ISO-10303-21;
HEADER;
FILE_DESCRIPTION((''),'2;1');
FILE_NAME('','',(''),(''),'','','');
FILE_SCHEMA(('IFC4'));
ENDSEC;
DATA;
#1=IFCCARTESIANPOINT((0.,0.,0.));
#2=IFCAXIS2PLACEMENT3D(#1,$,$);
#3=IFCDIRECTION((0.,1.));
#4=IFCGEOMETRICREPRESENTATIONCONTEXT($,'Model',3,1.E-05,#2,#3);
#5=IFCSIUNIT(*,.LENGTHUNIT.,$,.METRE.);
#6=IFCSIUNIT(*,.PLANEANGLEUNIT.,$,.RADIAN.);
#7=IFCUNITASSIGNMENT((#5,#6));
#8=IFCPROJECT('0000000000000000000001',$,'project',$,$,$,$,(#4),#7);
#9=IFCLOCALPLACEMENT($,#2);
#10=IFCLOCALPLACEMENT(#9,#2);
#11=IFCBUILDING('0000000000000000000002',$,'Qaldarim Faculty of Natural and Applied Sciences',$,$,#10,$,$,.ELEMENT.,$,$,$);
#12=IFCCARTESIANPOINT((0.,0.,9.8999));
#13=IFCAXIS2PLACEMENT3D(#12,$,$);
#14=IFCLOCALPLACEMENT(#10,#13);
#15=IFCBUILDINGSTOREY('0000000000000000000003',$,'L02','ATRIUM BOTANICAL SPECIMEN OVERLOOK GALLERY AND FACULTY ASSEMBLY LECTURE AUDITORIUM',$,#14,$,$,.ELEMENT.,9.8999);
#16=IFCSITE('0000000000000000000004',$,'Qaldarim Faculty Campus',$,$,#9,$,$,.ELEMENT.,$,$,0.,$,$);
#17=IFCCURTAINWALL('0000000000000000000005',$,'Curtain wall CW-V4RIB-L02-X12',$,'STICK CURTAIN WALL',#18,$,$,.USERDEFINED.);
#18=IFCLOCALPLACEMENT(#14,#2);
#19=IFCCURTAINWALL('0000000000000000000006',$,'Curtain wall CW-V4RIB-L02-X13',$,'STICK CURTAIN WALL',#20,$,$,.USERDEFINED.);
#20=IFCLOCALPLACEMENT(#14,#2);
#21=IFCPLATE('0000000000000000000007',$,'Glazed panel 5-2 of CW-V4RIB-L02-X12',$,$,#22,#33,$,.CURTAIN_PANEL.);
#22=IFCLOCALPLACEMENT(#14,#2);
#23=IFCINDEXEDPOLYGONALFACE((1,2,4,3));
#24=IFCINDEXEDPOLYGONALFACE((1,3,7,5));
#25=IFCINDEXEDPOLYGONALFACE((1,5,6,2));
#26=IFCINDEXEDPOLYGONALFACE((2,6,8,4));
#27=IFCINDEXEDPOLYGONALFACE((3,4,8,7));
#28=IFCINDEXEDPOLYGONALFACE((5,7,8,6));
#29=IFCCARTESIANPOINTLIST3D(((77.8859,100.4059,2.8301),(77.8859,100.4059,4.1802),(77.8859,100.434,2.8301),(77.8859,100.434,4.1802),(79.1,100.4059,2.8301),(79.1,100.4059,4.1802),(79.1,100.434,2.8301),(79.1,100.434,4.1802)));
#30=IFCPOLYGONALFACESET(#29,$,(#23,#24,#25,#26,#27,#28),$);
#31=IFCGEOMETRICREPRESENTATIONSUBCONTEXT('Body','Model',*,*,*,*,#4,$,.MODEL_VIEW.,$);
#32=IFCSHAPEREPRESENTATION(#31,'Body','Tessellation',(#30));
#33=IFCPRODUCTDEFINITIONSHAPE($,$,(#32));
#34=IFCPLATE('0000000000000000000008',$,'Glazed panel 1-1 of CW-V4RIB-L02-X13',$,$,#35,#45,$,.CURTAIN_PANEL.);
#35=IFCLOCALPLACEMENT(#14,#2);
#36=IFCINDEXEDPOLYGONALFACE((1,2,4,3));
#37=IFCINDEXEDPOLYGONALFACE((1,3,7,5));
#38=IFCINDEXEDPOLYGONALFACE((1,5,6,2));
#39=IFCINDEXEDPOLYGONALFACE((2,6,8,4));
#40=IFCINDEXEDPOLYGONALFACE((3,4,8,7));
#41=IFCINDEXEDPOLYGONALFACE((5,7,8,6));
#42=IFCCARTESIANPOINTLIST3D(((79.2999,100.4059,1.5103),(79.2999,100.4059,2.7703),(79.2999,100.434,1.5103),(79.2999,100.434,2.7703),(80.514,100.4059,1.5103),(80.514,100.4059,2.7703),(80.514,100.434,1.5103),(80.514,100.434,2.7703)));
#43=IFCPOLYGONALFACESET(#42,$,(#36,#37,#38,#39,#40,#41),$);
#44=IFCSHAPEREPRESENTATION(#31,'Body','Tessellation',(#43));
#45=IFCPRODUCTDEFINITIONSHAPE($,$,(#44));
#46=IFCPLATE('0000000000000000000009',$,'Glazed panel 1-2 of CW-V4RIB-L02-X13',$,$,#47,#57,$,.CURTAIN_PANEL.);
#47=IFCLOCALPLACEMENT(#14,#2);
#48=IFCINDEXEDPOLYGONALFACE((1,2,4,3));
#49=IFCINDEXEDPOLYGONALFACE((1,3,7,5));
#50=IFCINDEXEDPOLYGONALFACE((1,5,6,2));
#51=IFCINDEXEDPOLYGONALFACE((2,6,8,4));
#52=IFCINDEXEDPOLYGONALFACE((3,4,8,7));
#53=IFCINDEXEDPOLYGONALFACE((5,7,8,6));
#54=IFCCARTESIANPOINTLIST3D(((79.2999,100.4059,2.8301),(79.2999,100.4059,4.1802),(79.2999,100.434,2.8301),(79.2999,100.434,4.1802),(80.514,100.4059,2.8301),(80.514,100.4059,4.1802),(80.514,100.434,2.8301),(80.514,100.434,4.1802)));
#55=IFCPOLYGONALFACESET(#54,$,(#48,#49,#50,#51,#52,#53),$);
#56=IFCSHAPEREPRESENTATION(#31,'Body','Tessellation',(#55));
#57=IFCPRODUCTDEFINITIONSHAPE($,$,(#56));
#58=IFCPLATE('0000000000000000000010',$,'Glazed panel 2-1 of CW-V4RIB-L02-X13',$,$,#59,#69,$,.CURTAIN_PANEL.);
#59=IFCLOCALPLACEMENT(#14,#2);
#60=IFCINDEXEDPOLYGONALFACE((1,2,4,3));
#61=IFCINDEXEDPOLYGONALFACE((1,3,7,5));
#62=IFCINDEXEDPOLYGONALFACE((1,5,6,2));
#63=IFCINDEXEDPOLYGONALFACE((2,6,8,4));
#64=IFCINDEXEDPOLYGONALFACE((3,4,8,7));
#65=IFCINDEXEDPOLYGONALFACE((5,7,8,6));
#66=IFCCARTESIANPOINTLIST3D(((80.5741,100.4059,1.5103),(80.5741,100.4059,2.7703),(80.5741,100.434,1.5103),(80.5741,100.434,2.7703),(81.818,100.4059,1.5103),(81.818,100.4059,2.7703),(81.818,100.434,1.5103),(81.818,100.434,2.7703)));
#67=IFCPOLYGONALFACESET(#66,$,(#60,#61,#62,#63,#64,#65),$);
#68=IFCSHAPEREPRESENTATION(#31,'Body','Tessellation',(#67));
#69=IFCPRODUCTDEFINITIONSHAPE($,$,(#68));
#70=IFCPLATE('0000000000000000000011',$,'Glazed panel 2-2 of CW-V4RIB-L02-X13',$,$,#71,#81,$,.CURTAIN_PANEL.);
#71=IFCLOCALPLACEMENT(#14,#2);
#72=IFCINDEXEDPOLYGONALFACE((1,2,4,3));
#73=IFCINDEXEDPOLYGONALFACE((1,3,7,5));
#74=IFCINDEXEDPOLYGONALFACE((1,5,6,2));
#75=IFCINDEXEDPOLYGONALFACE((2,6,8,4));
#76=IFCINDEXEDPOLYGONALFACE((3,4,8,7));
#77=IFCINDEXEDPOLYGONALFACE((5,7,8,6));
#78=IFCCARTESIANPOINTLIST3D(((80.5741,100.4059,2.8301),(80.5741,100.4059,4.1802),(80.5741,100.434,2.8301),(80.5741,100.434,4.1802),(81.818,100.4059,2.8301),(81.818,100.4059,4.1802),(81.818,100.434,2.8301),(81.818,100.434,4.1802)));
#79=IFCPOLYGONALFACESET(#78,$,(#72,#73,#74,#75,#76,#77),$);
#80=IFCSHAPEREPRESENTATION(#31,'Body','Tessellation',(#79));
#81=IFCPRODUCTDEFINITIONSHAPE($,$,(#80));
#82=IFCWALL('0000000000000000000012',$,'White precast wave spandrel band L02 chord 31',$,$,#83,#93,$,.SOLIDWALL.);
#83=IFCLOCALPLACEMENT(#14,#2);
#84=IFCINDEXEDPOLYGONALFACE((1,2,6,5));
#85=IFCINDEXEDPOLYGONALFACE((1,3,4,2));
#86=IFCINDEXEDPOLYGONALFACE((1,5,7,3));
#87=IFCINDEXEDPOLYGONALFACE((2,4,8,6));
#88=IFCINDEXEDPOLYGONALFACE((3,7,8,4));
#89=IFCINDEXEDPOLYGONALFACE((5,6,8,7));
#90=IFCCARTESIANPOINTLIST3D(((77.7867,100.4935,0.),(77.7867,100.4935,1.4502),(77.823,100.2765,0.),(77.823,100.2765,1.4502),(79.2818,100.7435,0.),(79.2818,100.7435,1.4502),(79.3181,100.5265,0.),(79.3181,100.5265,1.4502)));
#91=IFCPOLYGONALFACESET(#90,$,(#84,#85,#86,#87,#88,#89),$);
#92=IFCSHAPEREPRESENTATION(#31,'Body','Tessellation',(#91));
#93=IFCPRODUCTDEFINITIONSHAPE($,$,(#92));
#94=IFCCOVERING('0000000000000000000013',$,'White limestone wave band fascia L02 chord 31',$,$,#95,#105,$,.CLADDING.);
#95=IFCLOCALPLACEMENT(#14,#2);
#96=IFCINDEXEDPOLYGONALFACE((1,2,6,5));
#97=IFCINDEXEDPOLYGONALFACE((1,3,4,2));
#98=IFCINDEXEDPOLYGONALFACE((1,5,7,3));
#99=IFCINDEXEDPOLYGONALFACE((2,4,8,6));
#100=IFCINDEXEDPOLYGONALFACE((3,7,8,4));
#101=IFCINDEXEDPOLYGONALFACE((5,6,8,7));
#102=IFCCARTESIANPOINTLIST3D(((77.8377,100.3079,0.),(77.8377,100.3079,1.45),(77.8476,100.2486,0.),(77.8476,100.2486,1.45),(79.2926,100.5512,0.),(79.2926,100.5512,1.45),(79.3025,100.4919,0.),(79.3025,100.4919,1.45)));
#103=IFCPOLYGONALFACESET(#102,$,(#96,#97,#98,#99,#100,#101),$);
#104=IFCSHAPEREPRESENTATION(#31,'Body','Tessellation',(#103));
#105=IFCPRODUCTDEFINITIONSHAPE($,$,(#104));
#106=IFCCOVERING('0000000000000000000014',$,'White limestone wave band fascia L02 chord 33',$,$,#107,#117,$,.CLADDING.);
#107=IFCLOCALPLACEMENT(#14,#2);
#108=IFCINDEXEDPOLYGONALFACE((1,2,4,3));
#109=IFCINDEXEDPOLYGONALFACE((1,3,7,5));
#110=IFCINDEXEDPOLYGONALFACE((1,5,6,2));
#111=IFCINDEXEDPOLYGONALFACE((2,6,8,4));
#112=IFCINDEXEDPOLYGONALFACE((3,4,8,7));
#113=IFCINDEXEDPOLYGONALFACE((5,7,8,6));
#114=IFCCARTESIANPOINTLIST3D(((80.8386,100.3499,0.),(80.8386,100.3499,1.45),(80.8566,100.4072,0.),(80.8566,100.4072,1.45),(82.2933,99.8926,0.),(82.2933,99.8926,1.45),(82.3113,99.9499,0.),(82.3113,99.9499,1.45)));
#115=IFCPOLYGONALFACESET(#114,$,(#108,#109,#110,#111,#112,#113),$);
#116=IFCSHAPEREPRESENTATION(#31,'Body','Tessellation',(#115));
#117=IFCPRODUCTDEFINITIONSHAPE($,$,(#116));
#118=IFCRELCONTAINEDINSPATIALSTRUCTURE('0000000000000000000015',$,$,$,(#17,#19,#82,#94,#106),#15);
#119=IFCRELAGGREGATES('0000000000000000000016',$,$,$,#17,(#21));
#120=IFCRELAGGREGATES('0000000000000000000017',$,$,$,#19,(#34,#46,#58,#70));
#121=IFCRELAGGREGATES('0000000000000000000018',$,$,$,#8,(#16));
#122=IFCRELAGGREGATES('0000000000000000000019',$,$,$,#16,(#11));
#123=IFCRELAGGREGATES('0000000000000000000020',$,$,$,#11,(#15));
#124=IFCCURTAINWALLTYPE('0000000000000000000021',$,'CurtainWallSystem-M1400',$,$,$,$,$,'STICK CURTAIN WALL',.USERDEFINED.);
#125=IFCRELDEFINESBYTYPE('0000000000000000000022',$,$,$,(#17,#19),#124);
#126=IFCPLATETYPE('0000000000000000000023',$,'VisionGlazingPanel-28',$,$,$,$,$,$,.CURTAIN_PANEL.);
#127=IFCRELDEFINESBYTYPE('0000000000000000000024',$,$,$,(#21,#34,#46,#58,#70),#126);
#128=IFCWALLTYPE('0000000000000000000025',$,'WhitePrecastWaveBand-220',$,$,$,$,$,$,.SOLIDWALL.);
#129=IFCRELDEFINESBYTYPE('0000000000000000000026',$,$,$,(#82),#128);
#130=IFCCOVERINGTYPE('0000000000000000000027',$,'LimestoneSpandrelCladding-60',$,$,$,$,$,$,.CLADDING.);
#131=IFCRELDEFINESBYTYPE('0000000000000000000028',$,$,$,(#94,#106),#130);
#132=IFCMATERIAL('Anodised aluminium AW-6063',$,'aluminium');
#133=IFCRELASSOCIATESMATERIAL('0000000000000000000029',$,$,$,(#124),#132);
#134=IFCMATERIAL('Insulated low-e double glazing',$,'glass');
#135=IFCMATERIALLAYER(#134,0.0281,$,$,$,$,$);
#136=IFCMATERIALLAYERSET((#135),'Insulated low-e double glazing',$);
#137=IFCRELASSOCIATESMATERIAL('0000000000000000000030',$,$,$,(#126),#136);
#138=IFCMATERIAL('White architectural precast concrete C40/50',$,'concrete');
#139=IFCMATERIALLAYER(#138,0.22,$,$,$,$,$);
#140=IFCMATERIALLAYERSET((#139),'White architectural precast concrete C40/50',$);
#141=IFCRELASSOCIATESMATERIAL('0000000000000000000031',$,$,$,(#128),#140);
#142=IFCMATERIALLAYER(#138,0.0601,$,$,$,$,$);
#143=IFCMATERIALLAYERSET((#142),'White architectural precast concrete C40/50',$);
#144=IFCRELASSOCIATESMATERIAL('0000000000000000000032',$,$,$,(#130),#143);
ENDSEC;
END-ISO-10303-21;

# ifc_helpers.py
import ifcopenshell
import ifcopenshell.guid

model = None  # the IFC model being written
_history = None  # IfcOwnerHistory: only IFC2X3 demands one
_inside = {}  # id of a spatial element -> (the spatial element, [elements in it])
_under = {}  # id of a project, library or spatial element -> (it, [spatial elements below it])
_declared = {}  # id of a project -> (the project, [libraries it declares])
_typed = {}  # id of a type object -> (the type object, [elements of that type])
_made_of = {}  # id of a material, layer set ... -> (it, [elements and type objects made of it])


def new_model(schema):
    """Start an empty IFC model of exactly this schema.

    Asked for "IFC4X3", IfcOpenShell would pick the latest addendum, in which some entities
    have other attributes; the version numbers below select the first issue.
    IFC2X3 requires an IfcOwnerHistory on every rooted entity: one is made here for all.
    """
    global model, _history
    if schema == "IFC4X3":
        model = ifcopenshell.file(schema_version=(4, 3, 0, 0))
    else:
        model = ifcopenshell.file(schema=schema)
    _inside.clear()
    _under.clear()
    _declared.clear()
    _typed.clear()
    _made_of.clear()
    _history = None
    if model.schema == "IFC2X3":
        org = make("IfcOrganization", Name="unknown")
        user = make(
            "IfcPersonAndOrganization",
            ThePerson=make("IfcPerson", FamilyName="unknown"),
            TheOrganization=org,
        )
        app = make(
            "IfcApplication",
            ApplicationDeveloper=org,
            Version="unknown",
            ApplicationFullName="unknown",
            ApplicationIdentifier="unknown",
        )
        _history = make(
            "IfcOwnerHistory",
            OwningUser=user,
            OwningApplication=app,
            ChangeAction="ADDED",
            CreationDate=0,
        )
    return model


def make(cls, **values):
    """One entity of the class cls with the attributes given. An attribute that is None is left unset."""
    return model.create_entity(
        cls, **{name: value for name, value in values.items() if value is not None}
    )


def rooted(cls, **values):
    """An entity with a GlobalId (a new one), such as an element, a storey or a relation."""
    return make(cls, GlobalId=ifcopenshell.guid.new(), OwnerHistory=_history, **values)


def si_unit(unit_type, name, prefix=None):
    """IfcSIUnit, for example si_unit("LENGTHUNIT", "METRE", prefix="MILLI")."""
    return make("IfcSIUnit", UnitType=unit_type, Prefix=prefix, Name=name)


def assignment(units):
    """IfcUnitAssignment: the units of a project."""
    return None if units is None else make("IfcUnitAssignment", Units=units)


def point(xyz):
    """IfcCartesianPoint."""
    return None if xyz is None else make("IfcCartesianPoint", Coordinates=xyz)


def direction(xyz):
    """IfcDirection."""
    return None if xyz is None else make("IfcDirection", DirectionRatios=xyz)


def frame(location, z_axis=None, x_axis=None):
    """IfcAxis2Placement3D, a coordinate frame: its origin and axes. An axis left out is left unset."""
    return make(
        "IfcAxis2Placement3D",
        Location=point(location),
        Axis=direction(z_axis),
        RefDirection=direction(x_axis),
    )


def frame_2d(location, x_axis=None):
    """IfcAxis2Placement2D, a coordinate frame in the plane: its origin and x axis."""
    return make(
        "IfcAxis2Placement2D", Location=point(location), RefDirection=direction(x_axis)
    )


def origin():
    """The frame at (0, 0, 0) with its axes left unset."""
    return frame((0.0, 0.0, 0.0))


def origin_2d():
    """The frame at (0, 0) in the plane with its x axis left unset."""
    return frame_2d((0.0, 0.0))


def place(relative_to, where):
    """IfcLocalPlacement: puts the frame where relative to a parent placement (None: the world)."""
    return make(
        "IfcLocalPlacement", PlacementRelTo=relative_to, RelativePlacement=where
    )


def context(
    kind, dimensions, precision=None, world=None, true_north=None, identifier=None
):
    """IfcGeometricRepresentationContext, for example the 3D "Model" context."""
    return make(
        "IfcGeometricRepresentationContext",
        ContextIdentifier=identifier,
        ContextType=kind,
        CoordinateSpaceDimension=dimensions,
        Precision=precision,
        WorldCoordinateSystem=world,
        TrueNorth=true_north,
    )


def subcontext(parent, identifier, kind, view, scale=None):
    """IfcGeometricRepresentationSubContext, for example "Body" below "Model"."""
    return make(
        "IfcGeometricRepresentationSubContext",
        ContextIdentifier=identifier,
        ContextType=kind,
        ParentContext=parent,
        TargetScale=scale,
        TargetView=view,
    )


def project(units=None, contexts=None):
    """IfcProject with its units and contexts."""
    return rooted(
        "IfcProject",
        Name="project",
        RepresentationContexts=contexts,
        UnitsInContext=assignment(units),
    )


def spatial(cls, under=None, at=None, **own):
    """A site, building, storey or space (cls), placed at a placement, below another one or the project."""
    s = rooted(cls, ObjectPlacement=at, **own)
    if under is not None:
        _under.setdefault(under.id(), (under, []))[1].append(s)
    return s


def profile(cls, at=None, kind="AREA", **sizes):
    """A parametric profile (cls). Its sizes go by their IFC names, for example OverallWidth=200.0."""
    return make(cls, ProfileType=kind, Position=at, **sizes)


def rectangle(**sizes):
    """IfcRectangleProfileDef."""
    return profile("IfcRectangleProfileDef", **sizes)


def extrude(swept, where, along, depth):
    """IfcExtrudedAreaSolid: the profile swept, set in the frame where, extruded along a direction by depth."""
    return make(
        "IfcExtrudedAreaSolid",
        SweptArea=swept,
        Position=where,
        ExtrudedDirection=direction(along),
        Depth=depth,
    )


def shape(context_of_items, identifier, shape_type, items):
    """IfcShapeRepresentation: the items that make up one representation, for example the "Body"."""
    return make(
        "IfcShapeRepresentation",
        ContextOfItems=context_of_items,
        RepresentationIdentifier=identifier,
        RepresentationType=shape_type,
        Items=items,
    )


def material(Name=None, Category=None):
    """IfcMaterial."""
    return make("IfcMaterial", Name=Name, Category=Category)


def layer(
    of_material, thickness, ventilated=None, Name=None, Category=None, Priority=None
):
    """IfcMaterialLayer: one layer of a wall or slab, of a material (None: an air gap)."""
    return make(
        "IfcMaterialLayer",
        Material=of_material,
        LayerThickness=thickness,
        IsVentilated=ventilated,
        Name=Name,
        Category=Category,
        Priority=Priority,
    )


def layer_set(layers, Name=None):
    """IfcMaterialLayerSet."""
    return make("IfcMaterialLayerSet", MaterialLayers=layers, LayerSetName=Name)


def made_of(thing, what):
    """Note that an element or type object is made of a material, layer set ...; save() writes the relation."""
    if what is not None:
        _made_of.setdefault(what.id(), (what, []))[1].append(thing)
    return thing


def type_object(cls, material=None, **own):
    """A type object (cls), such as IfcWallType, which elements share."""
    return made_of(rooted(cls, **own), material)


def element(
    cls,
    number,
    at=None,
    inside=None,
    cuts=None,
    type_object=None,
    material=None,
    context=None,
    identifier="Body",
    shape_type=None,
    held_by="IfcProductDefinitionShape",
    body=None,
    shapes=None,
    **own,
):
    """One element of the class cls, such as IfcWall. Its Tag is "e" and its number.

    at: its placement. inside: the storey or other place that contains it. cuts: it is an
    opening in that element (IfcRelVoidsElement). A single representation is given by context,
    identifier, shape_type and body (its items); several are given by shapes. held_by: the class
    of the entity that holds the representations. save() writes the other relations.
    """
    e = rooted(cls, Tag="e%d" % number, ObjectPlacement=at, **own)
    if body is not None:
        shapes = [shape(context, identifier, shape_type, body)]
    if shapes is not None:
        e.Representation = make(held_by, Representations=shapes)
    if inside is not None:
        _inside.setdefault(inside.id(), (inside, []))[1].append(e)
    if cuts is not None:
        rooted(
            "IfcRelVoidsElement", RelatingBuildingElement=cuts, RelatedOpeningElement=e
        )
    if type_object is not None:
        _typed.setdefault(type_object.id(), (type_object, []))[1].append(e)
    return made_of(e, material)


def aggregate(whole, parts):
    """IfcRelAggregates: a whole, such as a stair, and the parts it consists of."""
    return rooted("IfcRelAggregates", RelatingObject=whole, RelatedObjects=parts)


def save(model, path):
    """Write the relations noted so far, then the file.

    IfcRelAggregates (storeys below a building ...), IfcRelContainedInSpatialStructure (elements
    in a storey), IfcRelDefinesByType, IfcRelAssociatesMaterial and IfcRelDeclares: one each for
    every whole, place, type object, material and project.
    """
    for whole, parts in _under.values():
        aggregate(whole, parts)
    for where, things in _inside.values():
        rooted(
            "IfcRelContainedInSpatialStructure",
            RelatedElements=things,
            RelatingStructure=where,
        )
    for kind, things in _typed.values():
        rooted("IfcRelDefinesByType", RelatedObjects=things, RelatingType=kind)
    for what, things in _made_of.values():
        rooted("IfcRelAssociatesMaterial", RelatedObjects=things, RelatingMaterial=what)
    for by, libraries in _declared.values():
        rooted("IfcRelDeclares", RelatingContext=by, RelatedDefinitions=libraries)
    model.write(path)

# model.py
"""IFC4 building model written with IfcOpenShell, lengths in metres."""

from ifc_helpers import new_model, si_unit, direction, frame, frame_2d, origin, origin_2d, place, context, subcontext, project, spatial, rectangle, extrude, material, layer, layer_set, type_object, element, aggregate, save


model = new_model("IFC4")

# Units and contexts
model_context = context("Model", 3, precision=1e-05, world=origin(), true_north=direction((0.0, 1.0)))
body_context = subcontext(model_context, "Body", "Model", "MODEL_VIEW")
ifc_project = project(units=[si_unit("LENGTHUNIT", "METRE"), si_unit("PLANEANGLEUNIT", "RADIAN")], contexts=[model_context])

# Site, building, storey
site_placement = place(None, origin())
site = spatial("IfcSite", under=ifc_project, at=site_placement, Name="Qaldarim Faculty Campus", CompositionType="ELEMENT", RefElevation=0.0)
building_placement = place(site_placement, origin())
building = spatial("IfcBuilding", under=site, at=building_placement, Name="Qaldarim Faculty of Natural and Applied Sciences", CompositionType="ELEMENT")
storey_placement = place(building_placement, frame((0.0, 0.0, 9.8999)))
storey = spatial("IfcBuildingStorey", under=building, at=storey_placement, Name="L02", Description="ATRIUM BOTANICAL SPECIMEN OVERLOOK GALLERY AND FACULTY ASSEMBLY LECTURE AUDITORIUM", CompositionType="ELEMENT", Elevation=9.8999)

# Curtain walls
ifc_material_1 = material(Name="Anodised aluminium AW-6063", Category="aluminium")
curtain_wall_type = type_object("IfcCurtainWallType", Name="CurtainWallSystem-M1400", ElementType="STICK CURTAIN WALL", PredefinedType="USERDEFINED", material=ifc_material_1)
curtain_wall_1_placement = place(storey_placement, origin())
curtain_wall_1 = element("IfcCurtainWall", 1, at=curtain_wall_1_placement, inside=storey, type_object=curtain_wall_type, Name="Curtain wall CW-V4RIB-L02-X12", ObjectType="STICK CURTAIN WALL", PredefinedType="USERDEFINED")
curtain_wall_2_placement = place(storey_placement, origin())
curtain_wall_2 = element("IfcCurtainWall", 2, at=curtain_wall_2_placement, inside=storey, type_object=curtain_wall_type, Name="Curtain wall CW-V4RIB-L02-X13", ObjectType="STICK CURTAIN WALL", PredefinedType="USERDEFINED")

# Plates
ifc_material_2 = material(Name="Insulated low-e double glazing", Category="glass")
ifc_layer_1 = layer(ifc_material_2, 0.0281)
ifc_layer_set_1 = layer_set([ifc_layer_1], Name="Insulated low-e double glazing")
plate_type = type_object("IfcPlateType", Name="VisionGlazingPanel-28", PredefinedType="CURTAIN_PANEL", material=ifc_layer_set_1)
plate_1_placement = place(storey_placement, frame((78.4929, 100.4199, 2.8301), z_axis=(0.0, 0.0, 1.0), x_axis=(1.0, 0.0, 0.0)))
plate_1 = element("IfcPlate", 3, at=plate_1_placement, type_object=plate_type, Name="Glazed panel 5-2 of CW-V4RIB-L02-X12", PredefinedType="CURTAIN_PANEL", context=body_context, shape_type="SweptSolid", body=[
    extrude(rectangle(XDim=1.2141, YDim=0.0281, at=origin_2d()), origin(), (0.0, 0.0, 1.0), 1.3501),
])
aggregate(curtain_wall_1, [plate_1])
plate_2_placement = place(storey_placement, frame((79.907, 100.4199, 1.5103), z_axis=(0.0, 0.0, 1.0), x_axis=(1.0, 0.0, 0.0)))
plate_2 = element("IfcPlate", 4, at=plate_2_placement, type_object=plate_type, Name="Glazed panel 1-1 of CW-V4RIB-L02-X13", PredefinedType="CURTAIN_PANEL", context=body_context, shape_type="SweptSolid", body=[
    extrude(rectangle(XDim=1.2141, YDim=0.0281, at=origin_2d()), origin(), (0.0, 0.0, 1.0), 1.26),
])
plate_3_placement = place(storey_placement, frame((79.907, 100.4199, 2.8301), z_axis=(0.0, 0.0, 1.0), x_axis=(1.0, 0.0, 0.0)))
plate_3 = element("IfcPlate", 5, at=plate_3_placement, type_object=plate_type, Name="Glazed panel 1-2 of CW-V4RIB-L02-X13", PredefinedType="CURTAIN_PANEL", context=body_context, shape_type="SweptSolid", body=[
    extrude(rectangle(XDim=1.2141, YDim=0.0281, at=origin_2d()), origin(), (0.0, 0.0, 1.0), 1.3501),
])
plate_4_placement = place(storey_placement, frame((81.196, 100.4199, 1.5103), z_axis=(0.0, 0.0, 1.0), x_axis=(1.0, 0.0, 0.0)))
plate_4 = element("IfcPlate", 6, at=plate_4_placement, type_object=plate_type, Name="Glazed panel 2-1 of CW-V4RIB-L02-X13", PredefinedType="CURTAIN_PANEL", context=body_context, shape_type="SweptSolid", body=[
    extrude(rectangle(XDim=1.2439, YDim=0.0281, at=origin_2d()), origin(), (0.0, 0.0, 1.0), 1.26),
])
plate_5_placement = place(storey_placement, frame((81.196, 100.4199, 2.8301), z_axis=(0.0, 0.0, 1.0), x_axis=(1.0, 0.0, 0.0)))
plate_5 = element("IfcPlate", 7, at=plate_5_placement, type_object=plate_type, Name="Glazed panel 2-2 of CW-V4RIB-L02-X13", PredefinedType="CURTAIN_PANEL", context=body_context, shape_type="SweptSolid", body=[
    extrude(rectangle(XDim=1.2439, YDim=0.0281, at=origin_2d()), origin(), (0.0, 0.0, 1.0), 1.3501),
])
aggregate(curtain_wall_2, [plate_2, plate_3, plate_4, plate_5])

# Wall
ifc_material_3 = material(Name="White architectural precast concrete C40/50", Category="concrete")
ifc_layer_2 = layer(ifc_material_3, 0.22)
ifc_layer_set_2 = layer_set([ifc_layer_2], Name="White architectural precast concrete C40/50")
wall_type = type_object("IfcWallType", Name="WhitePrecastWaveBand-220", PredefinedType="SOLIDWALL", material=ifc_layer_set_2)
wall_placement = place(storey_placement, frame((77.8049, 100.385, 0.0), z_axis=(0.0, 0.0, 1.0), x_axis=(0.986307, 0.164921, 0.0)))
element("IfcWall", 8, at=wall_placement, inside=storey, type_object=wall_type, Name="White precast wave spandrel band L02 chord 31", PredefinedType="SOLIDWALL", context=body_context, shape_type="SweptSolid", body=[
    extrude(rectangle(XDim=1.5159, YDim=0.22, at=frame_2d((0.7578, 0.0))), origin(), (0.0, 0.0, 1.0), 1.4502),
])

# Coverings
ifc_layer_3 = layer(ifc_material_3, 0.0601)
ifc_layer_set_3 = layer_set([ifc_layer_3], Name="White architectural precast concrete C40/50")
covering_type = type_object("IfcCoveringType", Name="LimestoneSpandrelCladding-60", PredefinedType="CLADDING", material=ifc_layer_set_3)
covering_1_placement = place(storey_placement, frame((78.5701, 100.3999, 0.0), z_axis=(0.0, 0.0, 1.0), x_axis=(0.986306, 0.164927, 0.0)))
element("IfcCovering", 9, at=covering_1_placement, inside=storey, type_object=covering_type, Name="White limestone wave band fascia L02 chord 31", PredefinedType="CLADDING", context=body_context, shape_type="SweptSolid", body=[
    extrude(rectangle(XDim=1.4751, YDim=0.0601, at=origin_2d()), origin(), (0.0, 0.0, 1.0), 1.45),
])
covering_2_placement = place(storey_placement, frame((81.575, 100.1499, 0.0), z_axis=(0.0, 0.0, 1.0), x_axis=(0.953969, -0.299907, 0.0)))
element("IfcCovering", 10, at=covering_2_placement, inside=storey, type_object=covering_type, Name="White limestone wave band fascia L02 chord 33", PredefinedType="CLADDING", context=body_context, shape_type="SweptSolid", body=[
    extrude(rectangle(XDim=1.5249, YDim=0.0601, at=origin_2d()), origin(), (0.0, 0.0, 1.0), 1.45),
])

save(model, "model.ifc")
